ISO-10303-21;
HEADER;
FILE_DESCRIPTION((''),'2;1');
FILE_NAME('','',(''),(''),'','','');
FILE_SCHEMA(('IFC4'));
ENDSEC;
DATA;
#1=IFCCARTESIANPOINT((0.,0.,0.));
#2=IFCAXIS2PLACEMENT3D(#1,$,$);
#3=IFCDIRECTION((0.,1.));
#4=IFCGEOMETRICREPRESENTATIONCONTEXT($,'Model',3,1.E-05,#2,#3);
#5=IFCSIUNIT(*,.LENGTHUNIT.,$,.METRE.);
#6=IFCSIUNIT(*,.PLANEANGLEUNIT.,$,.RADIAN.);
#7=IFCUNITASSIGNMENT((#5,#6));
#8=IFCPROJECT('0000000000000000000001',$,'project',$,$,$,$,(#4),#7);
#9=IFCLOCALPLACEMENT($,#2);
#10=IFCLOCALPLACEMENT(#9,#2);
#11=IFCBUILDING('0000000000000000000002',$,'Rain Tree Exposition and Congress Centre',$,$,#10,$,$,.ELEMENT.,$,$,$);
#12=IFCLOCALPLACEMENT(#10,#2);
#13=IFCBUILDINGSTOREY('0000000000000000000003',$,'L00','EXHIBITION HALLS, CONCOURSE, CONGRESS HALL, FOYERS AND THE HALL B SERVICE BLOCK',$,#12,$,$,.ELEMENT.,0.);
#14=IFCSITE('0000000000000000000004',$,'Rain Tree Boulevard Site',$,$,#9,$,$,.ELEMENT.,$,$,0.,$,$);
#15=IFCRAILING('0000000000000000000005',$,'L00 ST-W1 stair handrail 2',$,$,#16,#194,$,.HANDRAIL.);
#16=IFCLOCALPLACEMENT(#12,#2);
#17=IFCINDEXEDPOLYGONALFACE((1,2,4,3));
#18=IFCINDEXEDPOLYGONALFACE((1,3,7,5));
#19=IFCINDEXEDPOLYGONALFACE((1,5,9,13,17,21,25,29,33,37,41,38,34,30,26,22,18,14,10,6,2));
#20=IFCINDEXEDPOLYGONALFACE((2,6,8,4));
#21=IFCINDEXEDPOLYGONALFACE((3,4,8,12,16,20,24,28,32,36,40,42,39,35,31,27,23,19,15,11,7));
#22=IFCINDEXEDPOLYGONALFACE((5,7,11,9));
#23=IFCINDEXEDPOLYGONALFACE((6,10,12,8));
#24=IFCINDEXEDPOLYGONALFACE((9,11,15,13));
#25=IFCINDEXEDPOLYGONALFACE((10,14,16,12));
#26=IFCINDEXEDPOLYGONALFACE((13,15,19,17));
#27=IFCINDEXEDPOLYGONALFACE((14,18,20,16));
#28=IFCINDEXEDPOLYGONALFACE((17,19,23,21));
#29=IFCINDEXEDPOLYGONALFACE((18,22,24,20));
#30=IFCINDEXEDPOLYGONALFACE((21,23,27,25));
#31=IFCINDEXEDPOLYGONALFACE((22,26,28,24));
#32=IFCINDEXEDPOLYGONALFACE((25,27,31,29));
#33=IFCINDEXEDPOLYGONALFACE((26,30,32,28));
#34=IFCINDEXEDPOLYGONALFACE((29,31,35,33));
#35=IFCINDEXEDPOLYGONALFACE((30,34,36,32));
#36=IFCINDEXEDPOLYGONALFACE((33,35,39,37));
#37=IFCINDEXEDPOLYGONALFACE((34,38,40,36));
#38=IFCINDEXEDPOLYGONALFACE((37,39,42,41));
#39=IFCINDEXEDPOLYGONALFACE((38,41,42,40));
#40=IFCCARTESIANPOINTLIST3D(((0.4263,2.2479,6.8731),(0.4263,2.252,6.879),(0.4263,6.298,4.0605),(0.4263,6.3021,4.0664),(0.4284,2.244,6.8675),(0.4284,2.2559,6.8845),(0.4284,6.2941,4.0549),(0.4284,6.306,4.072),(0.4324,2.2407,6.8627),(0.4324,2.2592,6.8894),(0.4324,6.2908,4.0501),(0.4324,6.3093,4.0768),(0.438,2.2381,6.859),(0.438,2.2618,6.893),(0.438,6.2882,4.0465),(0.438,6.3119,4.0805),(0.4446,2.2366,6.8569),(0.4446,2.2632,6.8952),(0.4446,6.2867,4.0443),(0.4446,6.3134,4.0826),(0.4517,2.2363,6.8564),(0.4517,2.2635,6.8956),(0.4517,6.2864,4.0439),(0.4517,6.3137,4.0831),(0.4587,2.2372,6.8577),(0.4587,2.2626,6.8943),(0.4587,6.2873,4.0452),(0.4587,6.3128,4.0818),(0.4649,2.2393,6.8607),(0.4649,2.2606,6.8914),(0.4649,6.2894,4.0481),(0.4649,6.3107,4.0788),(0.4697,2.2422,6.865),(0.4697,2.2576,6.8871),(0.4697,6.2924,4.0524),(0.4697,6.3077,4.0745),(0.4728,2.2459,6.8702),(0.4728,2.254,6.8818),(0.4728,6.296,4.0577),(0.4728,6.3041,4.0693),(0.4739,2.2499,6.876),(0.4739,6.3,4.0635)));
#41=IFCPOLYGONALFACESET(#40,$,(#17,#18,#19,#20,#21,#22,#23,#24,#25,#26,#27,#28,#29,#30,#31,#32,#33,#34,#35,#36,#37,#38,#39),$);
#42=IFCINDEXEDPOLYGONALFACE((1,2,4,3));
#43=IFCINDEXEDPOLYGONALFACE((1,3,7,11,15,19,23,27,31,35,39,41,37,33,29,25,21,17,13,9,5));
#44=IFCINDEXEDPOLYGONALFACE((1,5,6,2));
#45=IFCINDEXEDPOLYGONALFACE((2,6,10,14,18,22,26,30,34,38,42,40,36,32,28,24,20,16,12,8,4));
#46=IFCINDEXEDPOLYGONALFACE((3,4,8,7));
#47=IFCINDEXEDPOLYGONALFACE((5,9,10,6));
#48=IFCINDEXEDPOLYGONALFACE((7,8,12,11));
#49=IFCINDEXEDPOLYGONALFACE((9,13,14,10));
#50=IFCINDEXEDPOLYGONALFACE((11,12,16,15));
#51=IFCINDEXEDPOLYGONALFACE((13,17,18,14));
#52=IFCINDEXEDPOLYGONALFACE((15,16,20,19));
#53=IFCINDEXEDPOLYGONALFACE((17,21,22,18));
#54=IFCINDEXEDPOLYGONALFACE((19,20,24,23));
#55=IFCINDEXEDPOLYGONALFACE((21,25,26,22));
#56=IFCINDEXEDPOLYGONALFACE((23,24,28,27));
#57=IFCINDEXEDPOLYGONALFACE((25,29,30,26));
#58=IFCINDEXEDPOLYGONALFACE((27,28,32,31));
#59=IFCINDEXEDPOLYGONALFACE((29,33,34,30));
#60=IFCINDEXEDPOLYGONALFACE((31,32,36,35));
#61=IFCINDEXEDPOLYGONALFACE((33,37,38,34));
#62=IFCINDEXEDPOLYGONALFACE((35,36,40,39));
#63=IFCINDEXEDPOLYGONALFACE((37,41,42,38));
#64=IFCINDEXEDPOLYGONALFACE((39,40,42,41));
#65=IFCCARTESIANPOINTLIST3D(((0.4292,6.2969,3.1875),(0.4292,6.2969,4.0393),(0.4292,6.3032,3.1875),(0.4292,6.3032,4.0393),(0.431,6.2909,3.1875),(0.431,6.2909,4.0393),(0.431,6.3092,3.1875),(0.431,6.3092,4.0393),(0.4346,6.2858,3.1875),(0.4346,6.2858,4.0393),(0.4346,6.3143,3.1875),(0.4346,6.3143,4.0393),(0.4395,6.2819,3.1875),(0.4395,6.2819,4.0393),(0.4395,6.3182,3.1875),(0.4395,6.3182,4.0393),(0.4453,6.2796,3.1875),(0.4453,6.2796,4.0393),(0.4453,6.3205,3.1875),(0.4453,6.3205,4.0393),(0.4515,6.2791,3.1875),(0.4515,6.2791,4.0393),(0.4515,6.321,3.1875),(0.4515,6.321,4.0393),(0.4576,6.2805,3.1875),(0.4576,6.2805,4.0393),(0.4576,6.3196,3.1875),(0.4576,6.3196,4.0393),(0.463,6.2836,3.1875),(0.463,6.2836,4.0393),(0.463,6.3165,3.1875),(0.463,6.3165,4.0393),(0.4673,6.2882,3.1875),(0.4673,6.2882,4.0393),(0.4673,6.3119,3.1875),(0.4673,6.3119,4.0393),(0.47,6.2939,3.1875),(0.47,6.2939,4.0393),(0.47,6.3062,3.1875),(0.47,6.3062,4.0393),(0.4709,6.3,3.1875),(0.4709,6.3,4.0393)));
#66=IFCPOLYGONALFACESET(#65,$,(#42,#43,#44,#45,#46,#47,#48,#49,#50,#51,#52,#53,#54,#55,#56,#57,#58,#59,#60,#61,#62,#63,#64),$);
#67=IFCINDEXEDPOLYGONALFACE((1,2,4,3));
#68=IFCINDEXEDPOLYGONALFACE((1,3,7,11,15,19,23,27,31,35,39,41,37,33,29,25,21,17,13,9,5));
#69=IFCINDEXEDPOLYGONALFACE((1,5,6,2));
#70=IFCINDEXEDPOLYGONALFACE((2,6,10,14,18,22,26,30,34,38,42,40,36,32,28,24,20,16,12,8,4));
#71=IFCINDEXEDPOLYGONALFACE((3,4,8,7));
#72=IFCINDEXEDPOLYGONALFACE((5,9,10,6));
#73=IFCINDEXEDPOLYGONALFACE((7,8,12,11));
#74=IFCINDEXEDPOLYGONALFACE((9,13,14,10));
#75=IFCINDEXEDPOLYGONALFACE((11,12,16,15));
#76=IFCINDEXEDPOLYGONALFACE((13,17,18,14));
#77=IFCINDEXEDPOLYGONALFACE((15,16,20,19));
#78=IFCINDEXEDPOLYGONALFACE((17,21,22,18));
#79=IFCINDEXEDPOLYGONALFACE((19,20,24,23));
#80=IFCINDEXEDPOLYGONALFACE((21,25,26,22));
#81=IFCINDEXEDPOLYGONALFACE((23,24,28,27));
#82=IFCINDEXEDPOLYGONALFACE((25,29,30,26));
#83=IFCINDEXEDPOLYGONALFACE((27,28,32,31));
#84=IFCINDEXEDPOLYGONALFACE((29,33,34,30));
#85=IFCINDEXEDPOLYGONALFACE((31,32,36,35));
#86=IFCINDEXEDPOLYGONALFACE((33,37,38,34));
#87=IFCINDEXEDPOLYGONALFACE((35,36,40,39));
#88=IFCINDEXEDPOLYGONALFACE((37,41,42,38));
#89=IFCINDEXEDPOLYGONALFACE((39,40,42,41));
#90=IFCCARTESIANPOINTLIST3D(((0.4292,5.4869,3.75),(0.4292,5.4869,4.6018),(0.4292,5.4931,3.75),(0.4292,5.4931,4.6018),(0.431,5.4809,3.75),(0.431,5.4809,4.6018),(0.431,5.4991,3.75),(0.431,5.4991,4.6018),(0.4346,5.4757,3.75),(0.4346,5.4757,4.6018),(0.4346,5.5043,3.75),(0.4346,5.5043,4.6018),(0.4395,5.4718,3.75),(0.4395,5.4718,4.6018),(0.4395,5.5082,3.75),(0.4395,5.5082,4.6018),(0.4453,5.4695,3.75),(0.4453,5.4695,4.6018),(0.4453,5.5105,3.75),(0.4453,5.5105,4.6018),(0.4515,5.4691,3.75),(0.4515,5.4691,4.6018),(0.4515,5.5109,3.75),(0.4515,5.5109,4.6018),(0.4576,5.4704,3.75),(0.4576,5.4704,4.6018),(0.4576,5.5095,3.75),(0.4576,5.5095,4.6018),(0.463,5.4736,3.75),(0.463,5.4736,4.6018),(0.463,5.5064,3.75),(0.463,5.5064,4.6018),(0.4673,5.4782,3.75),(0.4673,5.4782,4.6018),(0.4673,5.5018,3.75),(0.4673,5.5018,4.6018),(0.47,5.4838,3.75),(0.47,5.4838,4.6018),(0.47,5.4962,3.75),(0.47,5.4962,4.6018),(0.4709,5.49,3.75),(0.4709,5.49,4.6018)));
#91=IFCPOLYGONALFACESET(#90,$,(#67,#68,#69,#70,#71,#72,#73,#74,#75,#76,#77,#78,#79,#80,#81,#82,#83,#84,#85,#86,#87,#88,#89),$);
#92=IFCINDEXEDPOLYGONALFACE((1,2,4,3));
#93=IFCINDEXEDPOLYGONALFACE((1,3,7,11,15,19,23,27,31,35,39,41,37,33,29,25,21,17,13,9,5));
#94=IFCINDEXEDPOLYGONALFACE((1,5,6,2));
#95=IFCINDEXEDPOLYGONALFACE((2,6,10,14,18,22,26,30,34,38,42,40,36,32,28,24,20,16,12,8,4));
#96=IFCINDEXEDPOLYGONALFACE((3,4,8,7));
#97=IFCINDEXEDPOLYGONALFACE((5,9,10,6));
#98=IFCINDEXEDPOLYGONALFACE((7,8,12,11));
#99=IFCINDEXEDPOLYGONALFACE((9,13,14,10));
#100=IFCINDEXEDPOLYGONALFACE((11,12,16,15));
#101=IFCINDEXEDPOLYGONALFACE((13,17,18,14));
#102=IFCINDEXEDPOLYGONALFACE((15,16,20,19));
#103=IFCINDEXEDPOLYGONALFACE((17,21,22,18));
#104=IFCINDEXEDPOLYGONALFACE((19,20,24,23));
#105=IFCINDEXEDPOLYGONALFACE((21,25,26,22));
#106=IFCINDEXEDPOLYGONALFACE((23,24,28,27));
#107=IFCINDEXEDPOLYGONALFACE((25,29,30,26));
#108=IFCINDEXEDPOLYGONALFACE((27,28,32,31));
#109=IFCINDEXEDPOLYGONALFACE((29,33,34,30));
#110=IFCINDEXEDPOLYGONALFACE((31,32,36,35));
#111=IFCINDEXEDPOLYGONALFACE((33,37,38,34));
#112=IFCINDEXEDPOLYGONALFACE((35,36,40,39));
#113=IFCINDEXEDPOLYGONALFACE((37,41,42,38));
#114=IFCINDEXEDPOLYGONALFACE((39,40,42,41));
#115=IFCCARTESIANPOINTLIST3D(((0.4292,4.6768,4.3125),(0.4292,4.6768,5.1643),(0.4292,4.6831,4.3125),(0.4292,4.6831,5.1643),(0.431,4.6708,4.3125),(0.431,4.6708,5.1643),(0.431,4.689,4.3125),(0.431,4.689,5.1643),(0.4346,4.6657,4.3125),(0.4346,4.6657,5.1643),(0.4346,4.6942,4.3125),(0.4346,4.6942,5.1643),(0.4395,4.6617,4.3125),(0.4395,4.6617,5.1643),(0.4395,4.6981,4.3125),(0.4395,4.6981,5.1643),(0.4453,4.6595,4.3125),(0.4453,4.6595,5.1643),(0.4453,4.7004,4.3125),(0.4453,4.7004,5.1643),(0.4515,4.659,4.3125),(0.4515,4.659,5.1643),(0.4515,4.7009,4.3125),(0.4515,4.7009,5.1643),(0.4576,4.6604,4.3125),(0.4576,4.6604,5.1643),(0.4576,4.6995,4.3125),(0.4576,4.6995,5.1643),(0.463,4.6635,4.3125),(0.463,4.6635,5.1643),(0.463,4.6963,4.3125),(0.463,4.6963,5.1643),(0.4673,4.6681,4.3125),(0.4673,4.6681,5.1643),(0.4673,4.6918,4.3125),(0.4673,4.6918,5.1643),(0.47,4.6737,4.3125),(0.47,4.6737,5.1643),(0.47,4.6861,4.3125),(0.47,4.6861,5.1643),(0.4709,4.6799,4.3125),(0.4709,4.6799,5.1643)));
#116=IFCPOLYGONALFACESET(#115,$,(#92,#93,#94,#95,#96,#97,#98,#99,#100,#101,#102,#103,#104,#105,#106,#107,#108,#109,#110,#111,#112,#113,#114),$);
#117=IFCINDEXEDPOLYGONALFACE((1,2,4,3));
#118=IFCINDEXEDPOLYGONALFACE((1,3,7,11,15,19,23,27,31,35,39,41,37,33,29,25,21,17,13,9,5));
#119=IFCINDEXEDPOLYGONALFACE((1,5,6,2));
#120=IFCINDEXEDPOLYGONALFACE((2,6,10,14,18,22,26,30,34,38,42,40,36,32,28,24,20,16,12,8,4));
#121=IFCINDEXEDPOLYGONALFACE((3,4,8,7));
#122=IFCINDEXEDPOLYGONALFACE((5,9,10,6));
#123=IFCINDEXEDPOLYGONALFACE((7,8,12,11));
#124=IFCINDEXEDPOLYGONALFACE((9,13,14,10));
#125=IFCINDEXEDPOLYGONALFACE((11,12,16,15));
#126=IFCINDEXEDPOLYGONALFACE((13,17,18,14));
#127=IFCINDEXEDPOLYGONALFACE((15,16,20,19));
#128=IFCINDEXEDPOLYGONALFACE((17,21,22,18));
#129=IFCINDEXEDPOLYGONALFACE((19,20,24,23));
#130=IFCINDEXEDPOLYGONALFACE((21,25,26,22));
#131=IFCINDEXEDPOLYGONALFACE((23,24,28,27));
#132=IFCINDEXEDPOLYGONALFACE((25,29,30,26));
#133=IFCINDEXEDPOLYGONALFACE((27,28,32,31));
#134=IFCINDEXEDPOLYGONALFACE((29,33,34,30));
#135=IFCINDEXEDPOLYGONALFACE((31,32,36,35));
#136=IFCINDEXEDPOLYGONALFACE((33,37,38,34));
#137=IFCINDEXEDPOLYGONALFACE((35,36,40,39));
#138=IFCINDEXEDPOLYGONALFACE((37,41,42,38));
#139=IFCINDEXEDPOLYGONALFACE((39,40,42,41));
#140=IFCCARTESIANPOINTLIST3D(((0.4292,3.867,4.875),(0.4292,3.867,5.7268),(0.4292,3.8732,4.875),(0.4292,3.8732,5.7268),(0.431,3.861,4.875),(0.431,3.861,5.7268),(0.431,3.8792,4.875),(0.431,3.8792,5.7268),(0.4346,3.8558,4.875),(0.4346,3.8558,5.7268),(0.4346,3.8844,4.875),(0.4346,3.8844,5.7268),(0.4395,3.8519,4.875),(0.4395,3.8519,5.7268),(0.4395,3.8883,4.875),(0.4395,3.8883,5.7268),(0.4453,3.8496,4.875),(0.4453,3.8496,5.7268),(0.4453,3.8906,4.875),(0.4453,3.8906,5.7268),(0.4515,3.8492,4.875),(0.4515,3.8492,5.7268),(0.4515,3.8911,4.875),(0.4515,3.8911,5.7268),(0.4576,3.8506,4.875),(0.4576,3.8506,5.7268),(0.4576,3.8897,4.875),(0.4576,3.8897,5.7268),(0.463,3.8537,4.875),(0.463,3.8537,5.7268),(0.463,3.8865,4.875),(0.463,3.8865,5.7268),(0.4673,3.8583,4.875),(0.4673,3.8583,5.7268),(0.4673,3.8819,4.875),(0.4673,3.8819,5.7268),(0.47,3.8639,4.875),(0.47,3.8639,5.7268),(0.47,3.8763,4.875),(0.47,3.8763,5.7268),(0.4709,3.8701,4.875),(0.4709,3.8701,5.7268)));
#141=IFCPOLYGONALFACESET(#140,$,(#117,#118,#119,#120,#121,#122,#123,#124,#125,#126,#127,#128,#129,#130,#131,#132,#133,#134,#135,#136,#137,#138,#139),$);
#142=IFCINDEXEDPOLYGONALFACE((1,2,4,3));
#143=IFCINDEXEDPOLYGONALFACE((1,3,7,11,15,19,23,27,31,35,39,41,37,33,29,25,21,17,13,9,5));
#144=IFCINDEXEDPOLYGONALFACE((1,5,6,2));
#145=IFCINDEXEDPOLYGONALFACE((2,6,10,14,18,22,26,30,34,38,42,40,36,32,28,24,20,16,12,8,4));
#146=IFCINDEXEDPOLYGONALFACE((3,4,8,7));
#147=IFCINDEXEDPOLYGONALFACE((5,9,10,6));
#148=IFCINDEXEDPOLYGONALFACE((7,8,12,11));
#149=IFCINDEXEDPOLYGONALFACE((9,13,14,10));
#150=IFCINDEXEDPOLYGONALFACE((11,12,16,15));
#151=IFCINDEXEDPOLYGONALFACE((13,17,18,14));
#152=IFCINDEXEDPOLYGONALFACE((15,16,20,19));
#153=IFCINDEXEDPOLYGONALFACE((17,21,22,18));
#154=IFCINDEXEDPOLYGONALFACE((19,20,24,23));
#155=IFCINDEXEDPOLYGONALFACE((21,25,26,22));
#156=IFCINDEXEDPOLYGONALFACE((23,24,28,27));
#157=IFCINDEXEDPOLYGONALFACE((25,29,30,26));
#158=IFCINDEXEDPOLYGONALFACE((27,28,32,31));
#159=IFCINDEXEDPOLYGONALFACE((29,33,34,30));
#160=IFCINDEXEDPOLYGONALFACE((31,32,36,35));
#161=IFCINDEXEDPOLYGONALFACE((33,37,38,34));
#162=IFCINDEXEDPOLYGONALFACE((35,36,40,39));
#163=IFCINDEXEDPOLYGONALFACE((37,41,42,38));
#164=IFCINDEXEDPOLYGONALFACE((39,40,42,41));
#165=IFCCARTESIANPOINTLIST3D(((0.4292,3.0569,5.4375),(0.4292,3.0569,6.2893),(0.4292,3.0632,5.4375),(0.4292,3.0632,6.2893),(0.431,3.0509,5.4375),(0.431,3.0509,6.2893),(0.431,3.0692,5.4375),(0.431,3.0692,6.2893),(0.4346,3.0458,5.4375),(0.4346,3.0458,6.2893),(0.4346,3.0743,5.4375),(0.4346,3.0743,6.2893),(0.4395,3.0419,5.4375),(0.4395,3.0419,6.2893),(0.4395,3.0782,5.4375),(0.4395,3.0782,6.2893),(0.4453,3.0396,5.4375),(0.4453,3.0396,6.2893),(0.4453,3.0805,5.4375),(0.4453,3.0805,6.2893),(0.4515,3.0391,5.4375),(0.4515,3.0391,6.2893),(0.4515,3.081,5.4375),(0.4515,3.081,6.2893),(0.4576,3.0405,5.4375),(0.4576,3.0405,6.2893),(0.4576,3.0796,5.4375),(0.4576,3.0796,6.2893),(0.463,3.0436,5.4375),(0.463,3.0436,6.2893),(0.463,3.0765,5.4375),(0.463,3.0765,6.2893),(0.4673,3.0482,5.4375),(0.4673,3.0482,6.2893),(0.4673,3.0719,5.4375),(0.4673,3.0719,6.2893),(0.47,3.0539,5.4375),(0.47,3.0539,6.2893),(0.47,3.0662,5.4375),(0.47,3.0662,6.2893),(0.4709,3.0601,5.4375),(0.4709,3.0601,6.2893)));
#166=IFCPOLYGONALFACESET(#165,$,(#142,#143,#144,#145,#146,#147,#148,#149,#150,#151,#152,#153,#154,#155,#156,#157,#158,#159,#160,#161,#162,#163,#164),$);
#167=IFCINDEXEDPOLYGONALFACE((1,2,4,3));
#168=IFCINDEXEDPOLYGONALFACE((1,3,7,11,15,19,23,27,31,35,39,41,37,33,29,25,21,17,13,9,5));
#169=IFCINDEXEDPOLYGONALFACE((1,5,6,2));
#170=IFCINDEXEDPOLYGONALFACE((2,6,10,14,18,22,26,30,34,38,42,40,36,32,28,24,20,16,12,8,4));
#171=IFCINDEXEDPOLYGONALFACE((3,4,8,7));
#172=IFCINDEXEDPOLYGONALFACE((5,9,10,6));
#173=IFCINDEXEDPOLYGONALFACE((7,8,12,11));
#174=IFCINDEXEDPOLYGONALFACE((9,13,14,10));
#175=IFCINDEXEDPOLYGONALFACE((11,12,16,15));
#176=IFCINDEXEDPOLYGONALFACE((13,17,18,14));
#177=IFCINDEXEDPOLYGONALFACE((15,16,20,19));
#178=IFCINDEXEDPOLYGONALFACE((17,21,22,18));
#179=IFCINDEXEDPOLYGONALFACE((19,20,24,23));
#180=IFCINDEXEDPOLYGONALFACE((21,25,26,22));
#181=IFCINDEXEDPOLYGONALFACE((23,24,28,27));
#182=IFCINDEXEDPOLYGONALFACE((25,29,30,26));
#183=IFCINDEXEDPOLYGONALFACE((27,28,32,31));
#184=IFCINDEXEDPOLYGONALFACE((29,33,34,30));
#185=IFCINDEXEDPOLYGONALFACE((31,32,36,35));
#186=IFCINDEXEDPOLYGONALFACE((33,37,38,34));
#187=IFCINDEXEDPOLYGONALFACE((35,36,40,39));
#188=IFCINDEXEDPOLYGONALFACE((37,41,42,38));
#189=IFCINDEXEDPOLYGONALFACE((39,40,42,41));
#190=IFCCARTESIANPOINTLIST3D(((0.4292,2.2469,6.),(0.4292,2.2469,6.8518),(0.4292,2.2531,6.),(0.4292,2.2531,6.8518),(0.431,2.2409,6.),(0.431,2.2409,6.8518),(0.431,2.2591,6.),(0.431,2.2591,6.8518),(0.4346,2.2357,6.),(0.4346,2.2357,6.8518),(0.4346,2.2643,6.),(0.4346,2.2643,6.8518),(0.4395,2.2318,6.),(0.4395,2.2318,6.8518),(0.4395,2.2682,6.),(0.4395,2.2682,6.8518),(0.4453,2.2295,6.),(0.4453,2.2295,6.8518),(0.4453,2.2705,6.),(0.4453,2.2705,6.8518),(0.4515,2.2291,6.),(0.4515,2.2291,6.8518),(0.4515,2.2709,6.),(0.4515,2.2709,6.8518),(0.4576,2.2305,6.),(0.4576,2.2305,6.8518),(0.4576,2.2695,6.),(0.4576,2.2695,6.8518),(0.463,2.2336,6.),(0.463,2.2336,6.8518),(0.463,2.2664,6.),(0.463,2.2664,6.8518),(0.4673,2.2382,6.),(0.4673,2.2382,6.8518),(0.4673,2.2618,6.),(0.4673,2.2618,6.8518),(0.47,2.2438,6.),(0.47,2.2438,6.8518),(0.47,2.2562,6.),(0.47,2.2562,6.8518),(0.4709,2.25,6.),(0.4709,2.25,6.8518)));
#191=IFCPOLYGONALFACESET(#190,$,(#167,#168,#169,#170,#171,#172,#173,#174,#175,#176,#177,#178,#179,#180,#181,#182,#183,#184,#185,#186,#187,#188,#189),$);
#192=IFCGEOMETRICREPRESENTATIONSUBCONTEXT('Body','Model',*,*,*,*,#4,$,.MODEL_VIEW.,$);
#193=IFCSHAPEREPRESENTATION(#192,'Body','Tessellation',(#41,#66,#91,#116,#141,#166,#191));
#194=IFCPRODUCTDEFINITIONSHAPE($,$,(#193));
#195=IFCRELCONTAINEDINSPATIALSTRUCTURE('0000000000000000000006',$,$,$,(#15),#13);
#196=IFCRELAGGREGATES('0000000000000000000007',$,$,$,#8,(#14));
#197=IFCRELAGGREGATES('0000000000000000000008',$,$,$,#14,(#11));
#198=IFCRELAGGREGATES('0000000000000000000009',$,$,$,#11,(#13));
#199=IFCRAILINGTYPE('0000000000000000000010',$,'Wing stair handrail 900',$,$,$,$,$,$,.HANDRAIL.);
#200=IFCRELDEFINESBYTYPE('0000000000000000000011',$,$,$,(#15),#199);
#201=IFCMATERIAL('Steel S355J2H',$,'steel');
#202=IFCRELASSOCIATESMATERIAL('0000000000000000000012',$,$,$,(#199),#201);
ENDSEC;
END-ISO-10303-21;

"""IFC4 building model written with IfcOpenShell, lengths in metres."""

from ifc_helpers import new_model, si_unit, direction, frame, origin, origin_2d, place, context, subcontext, project, spatial, circle, extrude, material, type_object, element, save


model = new_model("IFC4")

# Units and contexts
model_context = context("Model", 3, precision=1e-05, world=origin(), true_north=direction((0.0, 1.0)))
body_context = subcontext(model_context, "Body", "Model", "MODEL_VIEW")
ifc_project = project(units=[si_unit("LENGTHUNIT", "METRE"), si_unit("PLANEANGLEUNIT", "RADIAN")], contexts=[model_context])

# Site, building, storey
site_placement = place(None, origin())
site = spatial("IfcSite", under=ifc_project, at=site_placement, Name="Rain Tree Boulevard Site", CompositionType="ELEMENT", RefElevation=0.0)
building_placement = place(site_placement, origin())
building = spatial("IfcBuilding", under=site, at=building_placement, Name="Rain Tree Exposition and Congress Centre", CompositionType="ELEMENT")
storey_placement = place(building_placement, origin())
storey = spatial("IfcBuildingStorey", under=building, at=storey_placement, Name="L00", Description="EXHIBITION HALLS, CONCOURSE, CONGRESS HALL, FOYERS AND THE HALL B SERVICE BLOCK", CompositionType="ELEMENT", Elevation=0.0)

# Railing
ifc_material_1 = material(Name="Steel S355J2H", Category="steel")
railing_type_1 = type_object("IfcRailingType", Name="Wing stair handrail 900", PredefinedType="HANDRAIL", material=ifc_material_1)
railing_1_placement = place(storey_placement, frame((0.45, 6.3, 3.1875)))
element("IfcRailing", 1, at=railing_1_placement, inside=storey, type_object=railing_type_1, Name="L00 ST-W1 stair handrail 2", PredefinedType="HANDRAIL", context=body_context, shape_type="SweptSolid", body=[
    extrude(circle(Radius=0.0239, at=origin_2d()), frame((0.0, 0.0, 0.876), z_axis=(0.0, -0.821373, 0.570391), x_axis=(1.0, 0.0, 0.0)), (0.0, 0.0, 1.0), 4.9309),
    extrude(circle(Radius=0.021, at=origin_2d()), origin(), (0.0, 0.0, 1.0), 0.8518),
    extrude(circle(Radius=0.021, at=origin_2d()), frame((0.0, -0.8101, 0.5625)), (0.0, 0.0, 1.0), 0.8518),
    extrude(circle(Radius=0.021, at=origin_2d()), frame((0.0, -1.6201, 1.125)), (0.0, 0.0, 1.0), 0.8518),
    extrude(circle(Radius=0.021, at=origin_2d()), frame((0.0, -2.4299, 1.6875)), (0.0, 0.0, 1.0), 0.8518),
    extrude(circle(Radius=0.021, at=origin_2d()), frame((0.0, -3.24, 2.25)), (0.0, 0.0, 1.0), 0.8518),
    extrude(circle(Radius=0.021, at=origin_2d()), frame((0.0, -4.05, 2.8125)), (0.0, 0.0, 1.0), 0.8518),
])

save(model, "model.ifc")
